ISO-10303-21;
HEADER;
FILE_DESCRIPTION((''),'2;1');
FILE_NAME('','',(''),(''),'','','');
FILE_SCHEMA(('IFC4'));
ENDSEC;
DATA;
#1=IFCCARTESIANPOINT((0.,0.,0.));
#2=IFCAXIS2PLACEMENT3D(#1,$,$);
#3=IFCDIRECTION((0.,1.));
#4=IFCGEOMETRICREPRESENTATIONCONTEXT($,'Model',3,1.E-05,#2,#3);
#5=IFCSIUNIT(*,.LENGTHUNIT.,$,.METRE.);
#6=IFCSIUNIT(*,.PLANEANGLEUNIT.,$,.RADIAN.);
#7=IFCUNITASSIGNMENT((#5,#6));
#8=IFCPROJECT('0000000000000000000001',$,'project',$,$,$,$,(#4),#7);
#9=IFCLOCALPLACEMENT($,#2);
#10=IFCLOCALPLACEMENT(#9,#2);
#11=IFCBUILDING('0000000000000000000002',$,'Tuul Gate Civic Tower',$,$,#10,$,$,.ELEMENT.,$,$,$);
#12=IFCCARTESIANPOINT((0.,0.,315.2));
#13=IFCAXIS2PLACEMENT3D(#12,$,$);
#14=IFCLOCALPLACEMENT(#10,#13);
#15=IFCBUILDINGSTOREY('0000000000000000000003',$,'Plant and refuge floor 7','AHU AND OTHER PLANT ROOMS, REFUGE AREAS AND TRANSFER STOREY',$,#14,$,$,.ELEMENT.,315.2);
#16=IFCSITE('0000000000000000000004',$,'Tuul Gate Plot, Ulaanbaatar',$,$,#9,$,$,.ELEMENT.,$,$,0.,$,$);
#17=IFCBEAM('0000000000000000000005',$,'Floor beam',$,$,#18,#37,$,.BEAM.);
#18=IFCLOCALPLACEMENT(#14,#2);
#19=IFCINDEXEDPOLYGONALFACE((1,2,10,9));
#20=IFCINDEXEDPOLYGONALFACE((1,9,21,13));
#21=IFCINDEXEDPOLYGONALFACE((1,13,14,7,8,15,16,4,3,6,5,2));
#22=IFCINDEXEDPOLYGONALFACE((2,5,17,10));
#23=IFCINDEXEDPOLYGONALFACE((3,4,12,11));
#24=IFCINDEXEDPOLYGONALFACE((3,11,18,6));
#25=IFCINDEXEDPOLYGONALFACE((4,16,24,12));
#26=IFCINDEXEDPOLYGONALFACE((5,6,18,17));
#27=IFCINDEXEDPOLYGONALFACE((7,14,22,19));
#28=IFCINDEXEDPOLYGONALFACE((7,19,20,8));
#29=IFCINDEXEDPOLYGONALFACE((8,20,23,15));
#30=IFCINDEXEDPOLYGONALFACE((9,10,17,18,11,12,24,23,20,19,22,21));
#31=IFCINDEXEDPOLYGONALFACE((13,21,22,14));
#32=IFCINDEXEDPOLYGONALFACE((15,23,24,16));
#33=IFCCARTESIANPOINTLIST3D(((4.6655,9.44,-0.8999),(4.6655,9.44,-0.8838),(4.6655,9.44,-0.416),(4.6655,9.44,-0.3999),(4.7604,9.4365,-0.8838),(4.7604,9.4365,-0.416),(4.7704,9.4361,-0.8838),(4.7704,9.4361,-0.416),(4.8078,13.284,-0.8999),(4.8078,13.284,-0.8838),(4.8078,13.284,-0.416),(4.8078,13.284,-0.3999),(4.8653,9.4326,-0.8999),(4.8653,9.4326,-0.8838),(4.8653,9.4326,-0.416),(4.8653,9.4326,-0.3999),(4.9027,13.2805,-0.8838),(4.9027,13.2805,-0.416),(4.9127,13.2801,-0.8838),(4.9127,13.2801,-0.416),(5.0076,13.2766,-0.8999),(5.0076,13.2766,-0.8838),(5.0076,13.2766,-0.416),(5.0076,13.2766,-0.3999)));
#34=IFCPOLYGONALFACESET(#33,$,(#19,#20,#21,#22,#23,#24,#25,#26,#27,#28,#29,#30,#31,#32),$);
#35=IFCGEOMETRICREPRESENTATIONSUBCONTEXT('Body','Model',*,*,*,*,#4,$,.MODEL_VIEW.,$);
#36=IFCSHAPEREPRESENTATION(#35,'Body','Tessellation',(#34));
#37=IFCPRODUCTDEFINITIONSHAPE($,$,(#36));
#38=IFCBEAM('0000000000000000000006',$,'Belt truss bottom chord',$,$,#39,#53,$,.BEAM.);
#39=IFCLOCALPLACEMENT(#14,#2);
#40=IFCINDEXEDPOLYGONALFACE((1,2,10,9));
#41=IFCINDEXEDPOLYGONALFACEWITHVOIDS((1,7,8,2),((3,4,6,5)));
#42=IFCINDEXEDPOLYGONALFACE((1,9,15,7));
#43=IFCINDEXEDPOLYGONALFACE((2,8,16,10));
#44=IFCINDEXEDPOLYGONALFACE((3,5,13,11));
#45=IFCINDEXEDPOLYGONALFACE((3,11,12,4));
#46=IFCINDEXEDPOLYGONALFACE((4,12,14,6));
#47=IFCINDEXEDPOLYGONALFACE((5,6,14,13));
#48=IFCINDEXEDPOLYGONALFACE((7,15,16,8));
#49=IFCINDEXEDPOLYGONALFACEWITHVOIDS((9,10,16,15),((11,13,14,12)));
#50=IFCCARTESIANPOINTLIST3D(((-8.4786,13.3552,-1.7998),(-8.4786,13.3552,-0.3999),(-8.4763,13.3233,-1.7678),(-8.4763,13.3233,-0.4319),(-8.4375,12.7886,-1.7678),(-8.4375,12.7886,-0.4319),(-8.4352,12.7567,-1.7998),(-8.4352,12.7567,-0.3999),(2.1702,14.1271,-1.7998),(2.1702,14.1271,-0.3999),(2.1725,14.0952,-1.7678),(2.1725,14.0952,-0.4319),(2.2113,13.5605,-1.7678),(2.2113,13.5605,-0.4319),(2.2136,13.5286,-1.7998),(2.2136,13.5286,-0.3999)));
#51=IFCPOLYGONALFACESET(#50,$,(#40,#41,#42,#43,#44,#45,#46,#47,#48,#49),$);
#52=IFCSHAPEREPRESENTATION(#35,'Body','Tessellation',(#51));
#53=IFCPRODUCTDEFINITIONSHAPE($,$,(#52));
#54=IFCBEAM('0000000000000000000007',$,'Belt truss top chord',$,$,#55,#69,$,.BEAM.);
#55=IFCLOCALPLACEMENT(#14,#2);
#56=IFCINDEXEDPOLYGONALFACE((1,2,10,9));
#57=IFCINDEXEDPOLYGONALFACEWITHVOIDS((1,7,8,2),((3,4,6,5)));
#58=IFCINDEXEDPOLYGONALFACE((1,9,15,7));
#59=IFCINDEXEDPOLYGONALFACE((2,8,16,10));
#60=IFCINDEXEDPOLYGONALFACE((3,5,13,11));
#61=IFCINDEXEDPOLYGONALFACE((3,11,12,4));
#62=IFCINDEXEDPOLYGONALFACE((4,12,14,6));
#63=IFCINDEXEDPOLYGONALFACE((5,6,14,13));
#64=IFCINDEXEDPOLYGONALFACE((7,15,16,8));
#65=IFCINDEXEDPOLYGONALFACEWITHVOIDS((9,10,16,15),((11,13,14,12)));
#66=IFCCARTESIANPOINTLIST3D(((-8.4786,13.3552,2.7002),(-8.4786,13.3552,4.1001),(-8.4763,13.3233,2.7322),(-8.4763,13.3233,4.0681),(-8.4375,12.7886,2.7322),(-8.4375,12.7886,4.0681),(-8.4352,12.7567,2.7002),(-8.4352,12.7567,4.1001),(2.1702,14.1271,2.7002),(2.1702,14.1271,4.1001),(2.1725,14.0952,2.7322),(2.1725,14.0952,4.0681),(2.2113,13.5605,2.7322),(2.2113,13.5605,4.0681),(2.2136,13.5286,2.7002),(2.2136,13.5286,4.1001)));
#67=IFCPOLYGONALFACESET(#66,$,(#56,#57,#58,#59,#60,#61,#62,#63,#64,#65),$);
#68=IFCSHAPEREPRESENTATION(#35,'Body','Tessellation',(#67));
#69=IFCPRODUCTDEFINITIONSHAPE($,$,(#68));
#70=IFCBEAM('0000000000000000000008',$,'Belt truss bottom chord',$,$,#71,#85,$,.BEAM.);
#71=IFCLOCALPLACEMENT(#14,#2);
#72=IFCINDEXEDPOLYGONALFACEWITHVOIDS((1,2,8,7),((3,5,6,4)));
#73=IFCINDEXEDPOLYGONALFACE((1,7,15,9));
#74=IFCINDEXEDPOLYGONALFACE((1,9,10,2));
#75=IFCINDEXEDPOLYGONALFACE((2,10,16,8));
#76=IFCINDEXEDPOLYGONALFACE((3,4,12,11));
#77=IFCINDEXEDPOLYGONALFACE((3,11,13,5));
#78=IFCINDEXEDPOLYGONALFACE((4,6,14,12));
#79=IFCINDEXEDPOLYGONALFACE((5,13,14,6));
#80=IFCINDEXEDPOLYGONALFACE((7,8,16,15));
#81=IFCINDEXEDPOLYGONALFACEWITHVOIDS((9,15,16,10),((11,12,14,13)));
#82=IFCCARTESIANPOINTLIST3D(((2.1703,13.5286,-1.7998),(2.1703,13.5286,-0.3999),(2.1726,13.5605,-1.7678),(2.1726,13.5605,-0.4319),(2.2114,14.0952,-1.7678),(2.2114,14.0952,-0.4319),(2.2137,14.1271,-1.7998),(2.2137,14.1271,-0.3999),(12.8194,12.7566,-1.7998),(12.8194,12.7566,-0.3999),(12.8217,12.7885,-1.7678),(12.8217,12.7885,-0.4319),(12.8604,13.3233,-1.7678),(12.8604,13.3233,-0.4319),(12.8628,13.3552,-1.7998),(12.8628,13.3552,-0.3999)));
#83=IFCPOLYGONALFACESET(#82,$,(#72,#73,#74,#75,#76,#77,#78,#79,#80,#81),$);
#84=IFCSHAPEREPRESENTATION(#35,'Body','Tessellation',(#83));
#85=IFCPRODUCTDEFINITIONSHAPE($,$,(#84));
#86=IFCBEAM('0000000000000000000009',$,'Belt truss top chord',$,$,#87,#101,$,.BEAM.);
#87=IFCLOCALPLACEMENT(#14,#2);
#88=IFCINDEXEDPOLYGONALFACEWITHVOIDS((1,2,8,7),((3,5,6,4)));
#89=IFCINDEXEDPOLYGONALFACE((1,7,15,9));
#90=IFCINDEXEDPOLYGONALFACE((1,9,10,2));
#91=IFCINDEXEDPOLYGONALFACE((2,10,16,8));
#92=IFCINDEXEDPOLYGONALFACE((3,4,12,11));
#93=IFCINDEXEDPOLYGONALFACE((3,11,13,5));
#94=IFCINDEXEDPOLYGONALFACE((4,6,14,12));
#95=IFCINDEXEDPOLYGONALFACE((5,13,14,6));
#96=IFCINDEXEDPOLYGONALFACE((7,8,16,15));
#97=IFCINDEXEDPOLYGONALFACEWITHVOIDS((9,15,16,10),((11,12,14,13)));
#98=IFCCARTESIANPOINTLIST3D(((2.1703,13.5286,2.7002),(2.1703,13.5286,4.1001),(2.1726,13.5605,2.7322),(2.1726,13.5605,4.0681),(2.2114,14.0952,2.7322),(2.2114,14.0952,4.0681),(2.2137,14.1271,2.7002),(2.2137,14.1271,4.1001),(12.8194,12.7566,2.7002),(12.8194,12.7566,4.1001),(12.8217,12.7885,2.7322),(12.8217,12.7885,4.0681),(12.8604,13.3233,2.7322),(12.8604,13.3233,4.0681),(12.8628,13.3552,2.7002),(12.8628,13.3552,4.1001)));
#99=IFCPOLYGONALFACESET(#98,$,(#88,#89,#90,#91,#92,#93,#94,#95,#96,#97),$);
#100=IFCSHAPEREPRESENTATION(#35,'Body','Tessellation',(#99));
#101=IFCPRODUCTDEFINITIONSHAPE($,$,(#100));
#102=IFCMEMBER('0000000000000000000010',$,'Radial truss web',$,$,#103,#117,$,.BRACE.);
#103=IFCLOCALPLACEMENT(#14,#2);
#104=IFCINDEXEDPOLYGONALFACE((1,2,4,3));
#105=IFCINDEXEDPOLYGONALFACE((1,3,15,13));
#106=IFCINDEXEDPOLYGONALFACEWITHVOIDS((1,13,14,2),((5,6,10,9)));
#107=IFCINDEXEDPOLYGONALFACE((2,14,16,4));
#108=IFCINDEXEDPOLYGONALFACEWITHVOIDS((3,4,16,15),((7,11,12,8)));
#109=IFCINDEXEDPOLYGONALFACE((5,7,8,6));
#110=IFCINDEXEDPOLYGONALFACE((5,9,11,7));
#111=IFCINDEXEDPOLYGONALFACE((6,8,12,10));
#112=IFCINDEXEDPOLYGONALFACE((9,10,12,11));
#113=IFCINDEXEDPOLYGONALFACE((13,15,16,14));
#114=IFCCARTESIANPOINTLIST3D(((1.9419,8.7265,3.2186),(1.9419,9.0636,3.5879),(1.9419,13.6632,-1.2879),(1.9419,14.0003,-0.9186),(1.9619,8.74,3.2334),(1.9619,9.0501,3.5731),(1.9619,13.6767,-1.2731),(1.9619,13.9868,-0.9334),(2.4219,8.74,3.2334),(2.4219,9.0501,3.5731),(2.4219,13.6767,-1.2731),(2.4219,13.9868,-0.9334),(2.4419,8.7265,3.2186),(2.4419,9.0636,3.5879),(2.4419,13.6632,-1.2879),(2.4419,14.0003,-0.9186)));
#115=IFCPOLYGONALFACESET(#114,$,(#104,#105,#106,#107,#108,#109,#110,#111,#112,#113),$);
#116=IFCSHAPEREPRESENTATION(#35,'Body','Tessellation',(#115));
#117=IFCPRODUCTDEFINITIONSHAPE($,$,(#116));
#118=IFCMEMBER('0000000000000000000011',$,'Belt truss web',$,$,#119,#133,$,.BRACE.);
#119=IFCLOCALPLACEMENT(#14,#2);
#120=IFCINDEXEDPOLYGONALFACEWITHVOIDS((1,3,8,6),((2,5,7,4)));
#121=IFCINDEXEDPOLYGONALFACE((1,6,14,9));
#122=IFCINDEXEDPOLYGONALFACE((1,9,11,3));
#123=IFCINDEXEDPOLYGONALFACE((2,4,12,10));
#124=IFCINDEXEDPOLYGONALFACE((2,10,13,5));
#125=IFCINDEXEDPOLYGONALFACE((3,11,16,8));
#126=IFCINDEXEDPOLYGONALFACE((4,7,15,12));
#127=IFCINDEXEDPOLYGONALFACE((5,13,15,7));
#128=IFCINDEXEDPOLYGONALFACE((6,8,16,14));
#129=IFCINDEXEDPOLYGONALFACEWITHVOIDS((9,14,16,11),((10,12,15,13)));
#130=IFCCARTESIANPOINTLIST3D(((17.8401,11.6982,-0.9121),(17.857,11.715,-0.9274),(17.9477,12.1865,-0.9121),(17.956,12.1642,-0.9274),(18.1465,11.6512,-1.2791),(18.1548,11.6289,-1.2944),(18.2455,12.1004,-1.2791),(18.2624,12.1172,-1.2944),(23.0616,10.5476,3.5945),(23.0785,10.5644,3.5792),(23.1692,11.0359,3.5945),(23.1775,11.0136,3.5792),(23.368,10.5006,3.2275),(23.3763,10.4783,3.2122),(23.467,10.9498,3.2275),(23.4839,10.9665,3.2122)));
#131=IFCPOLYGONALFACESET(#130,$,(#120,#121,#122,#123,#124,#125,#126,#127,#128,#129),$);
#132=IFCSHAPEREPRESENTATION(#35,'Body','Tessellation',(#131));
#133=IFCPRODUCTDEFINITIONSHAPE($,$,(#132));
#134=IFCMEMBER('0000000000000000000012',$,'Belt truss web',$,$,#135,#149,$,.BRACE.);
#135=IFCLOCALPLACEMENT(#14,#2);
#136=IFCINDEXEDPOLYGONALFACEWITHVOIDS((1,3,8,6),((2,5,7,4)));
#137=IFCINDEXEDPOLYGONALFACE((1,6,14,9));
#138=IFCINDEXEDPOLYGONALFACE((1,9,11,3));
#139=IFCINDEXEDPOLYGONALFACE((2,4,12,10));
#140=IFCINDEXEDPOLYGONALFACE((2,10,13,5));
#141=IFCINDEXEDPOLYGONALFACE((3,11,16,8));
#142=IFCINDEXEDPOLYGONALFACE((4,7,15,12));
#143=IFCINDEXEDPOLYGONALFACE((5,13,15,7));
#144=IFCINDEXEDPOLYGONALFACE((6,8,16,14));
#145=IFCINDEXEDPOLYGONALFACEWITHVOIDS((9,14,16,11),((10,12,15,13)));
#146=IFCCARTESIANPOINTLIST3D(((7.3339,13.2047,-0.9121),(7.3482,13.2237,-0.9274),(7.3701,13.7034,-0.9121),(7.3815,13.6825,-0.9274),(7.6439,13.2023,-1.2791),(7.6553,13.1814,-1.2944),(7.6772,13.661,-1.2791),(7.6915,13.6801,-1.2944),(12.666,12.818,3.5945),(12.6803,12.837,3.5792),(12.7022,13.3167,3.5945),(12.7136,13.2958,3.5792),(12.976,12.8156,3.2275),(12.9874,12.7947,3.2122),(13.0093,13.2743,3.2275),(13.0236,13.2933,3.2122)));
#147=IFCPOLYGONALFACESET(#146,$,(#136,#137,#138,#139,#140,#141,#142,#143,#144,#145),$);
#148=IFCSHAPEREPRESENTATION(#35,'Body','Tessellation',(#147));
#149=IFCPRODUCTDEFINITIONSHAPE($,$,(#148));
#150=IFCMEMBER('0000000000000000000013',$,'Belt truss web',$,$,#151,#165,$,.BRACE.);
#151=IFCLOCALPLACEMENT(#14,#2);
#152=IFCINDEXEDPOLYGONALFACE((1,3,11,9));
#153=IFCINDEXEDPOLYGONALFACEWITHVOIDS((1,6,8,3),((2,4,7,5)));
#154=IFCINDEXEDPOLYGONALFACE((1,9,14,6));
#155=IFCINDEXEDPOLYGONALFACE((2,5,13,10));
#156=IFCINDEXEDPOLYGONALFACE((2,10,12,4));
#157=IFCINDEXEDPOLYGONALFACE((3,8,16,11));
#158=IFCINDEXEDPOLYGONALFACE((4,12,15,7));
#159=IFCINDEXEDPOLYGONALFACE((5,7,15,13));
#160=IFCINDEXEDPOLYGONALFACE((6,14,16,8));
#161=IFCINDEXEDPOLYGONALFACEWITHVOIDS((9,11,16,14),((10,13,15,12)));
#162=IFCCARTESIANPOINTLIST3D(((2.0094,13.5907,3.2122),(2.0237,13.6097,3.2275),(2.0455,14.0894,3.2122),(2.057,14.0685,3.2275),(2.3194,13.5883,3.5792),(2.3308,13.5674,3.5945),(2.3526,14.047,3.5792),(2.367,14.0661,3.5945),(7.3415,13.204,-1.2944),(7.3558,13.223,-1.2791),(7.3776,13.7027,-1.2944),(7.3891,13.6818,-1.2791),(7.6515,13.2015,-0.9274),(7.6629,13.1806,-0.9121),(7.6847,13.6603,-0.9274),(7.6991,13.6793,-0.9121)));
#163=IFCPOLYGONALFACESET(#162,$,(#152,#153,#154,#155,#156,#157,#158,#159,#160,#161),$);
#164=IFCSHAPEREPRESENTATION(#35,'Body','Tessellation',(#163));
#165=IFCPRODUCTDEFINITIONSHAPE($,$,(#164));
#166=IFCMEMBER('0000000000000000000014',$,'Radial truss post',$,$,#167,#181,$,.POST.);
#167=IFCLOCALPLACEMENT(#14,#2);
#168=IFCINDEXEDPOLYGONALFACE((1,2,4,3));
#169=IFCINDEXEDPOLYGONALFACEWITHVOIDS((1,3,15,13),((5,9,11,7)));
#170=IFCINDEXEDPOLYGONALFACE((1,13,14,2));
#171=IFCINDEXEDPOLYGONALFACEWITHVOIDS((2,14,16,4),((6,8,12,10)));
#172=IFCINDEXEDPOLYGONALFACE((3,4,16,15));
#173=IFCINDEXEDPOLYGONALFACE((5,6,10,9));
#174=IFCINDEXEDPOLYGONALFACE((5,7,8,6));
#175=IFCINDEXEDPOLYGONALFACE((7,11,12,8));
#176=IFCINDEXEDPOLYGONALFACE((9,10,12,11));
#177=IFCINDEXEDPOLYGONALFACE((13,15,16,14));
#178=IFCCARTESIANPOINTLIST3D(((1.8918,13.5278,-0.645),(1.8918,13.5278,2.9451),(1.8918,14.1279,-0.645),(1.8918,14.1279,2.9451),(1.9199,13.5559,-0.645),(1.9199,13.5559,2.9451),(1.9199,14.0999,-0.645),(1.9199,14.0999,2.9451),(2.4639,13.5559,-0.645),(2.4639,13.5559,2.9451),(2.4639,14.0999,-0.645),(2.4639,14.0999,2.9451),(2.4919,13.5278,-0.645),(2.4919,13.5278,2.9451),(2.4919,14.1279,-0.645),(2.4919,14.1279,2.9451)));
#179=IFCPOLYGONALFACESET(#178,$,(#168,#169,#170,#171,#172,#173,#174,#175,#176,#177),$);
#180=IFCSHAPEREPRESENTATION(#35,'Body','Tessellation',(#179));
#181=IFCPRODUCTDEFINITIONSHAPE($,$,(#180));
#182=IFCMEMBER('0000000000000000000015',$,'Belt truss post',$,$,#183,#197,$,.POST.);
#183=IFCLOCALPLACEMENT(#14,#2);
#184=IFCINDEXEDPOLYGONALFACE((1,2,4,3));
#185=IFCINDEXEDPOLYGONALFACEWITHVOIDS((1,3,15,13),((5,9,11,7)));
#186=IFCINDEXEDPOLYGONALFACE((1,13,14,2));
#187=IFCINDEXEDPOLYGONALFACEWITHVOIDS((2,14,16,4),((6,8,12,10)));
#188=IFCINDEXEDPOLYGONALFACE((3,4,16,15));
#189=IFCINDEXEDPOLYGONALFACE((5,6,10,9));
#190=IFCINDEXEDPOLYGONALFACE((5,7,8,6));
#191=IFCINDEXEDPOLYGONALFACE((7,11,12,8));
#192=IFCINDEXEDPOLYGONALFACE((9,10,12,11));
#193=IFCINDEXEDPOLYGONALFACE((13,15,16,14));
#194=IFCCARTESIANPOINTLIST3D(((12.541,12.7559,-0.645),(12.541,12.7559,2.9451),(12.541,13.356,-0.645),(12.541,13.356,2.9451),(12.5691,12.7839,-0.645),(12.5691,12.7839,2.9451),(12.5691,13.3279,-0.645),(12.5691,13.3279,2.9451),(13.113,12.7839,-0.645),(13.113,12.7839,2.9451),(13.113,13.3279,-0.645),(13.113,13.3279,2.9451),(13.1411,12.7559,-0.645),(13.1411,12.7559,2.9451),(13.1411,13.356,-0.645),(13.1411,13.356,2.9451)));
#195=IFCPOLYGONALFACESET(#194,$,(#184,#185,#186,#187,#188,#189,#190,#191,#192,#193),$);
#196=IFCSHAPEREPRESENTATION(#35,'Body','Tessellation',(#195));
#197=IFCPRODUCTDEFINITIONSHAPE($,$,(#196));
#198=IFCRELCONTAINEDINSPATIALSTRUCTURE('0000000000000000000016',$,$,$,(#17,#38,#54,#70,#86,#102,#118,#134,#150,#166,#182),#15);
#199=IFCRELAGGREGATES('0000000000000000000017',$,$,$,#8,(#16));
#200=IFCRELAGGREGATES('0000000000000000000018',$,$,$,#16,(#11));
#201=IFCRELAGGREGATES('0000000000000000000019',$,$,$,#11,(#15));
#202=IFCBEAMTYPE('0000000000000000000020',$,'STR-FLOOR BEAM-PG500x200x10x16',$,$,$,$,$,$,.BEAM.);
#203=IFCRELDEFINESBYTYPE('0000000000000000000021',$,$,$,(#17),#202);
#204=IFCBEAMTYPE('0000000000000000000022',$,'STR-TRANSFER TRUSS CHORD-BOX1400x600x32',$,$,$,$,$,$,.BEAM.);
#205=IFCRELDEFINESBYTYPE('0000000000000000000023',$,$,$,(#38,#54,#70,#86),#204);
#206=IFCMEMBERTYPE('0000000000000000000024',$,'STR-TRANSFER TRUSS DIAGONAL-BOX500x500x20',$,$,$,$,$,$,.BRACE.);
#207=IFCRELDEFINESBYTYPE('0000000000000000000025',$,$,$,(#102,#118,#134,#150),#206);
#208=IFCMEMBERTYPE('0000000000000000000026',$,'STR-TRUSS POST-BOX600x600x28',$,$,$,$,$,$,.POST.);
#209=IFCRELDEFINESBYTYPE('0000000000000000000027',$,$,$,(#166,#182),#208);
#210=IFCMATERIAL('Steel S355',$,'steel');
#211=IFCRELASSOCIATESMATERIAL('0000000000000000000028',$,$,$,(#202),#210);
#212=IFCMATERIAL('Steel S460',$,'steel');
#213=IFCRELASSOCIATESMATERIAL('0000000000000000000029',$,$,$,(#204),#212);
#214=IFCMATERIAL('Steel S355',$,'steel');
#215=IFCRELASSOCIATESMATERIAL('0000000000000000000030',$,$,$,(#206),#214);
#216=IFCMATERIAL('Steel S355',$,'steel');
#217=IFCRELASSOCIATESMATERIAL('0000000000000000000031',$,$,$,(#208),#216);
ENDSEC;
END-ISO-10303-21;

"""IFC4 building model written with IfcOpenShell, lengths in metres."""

from ifc_helpers import new_model, si_unit, direction, frame, origin, origin_2d, place, context, subcontext, project, spatial, hollow_rectangle, i_section, extrude, material, material_profile, profile_set, type_object, element, save


model = new_model("IFC4")

# Units and contexts
model_context = context("Model", 3, precision=1e-05, world=origin(), true_north=direction((0.0, 1.0)))
body_context = subcontext(model_context, "Body", "Model", "MODEL_VIEW")
ifc_project = project(units=[si_unit("LENGTHUNIT", "METRE"), si_unit("PLANEANGLEUNIT", "RADIAN")], contexts=[model_context])

# Site, building, storey
site_placement = place(None, origin())
site = spatial("IfcSite", under=ifc_project, at=site_placement, Name="Tuul Gate Plot, Ulaanbaatar", CompositionType="ELEMENT", RefElevation=0.0)
building_placement = place(site_placement, origin())
building = spatial("IfcBuilding", under=site, at=building_placement, Name="Tuul Gate Civic Tower", CompositionType="ELEMENT")
storey_placement = place(building_placement, frame((0.0, 0.0, 315.2)))
storey = spatial("IfcBuildingStorey", under=building, at=storey_placement, Name="Plant and refuge floor 7", Description="AHU AND OTHER PLANT ROOMS, REFUGE AREAS AND TRANSFER STOREY", CompositionType="ELEMENT", Elevation=315.2)

# Beams
ifc_material_1 = material(Name="Steel S355", Category="steel")
ifc_material_profile_1 = material_profile(ifc_material_1, i_section(OverallWidth=0.2, OverallDepth=0.5, WebThickness=0.01, FlangeThickness=0.0161, at=origin_2d()), Name="PG500x200x10x16")
ifc_profile_set_1 = profile_set([ifc_material_profile_1], Name="Steel S355")
beam_type_1 = type_object("IfcBeamType", Name="STR-FLOOR BEAM-PG500x200x10x16", PredefinedType="BEAM", material=ifc_profile_set_1)
beam_placement = place(storey_placement, frame((4.7654, 9.4363, -0.6499), z_axis=(0.037002, 0.999315, 0.0), x_axis=(-0.999315, 0.037002, 0.0)))
element("IfcBeam", 1, at=beam_placement, inside=storey, type_object=beam_type_1, Name="Floor beam", PredefinedType="BEAM", context=body_context, shape_type="SweptSolid", body=[
    extrude(i_section(OverallWidth=0.2, OverallDepth=0.5, WebThickness=0.01, FlangeThickness=0.0161, at=origin_2d()), origin(), (0.0, 0.0, 1.0), 3.8467),
])
ifc_material_2 = material(Name="Steel S460", Category="steel")
ifc_material_profile_2 = material_profile(ifc_material_2, hollow_rectangle(XDim=0.6001, YDim=1.3999, WallThickness=0.032, at=origin_2d()), Name="BOX1400x600x32")
ifc_profile_set_2 = profile_set([ifc_material_profile_2], Name="Steel S460")
beam_type_2 = type_object("IfcBeamType", Name="STR-TRANSFER TRUSS CHORD-BOX1400x600x32", PredefinedType="BEAM", material=ifc_profile_set_2)
for number, where, z_axis, x_axis, name in (
    (2, (2.1919, 13.8279, -1.0999), (-0.997383, -0.072303, 0.0), (0.072303, -0.997383, 0.0), "Belt truss bottom chord"),
    (3, (2.1919, 13.8279, 3.4001), (-0.997383, -0.072303, 0.0), (0.072303, -0.997383, 0.0), "Belt truss top chord"),
):
    element("IfcBeam", number, at=place(storey_placement, frame(where, z_axis=z_axis, x_axis=x_axis)), inside=storey, type_object=beam_type_2, Name=name, PredefinedType="BEAM", context=body_context, shape_type="SweptSolid", body=[
        extrude(hollow_rectangle(XDim=0.6001, YDim=1.3999, WallThickness=0.032, at=origin_2d()), origin(), (0.0, 0.0, 1.0), 10.6768),
    ])
for number, where, z_axis, x_axis, name in (
    (4, (12.8411, 13.0559, -1.0999), (-0.997383, 0.072302, 0.0), (-0.072302, -0.997383, 0.0), "Belt truss bottom chord"),
    (5, (12.8411, 13.0559, 3.4001), (-0.997383, 0.072302, 0.0), (-0.072302, -0.997383, 0.0), "Belt truss top chord"),
):
    element("IfcBeam", number, at=place(storey_placement, frame(where, z_axis=z_axis, x_axis=x_axis)), inside=storey, type_object=beam_type_2, Name=name, PredefinedType="BEAM", context=body_context, shape_type="SweptSolid", body=[
        extrude(hollow_rectangle(XDim=0.6001, YDim=1.3999, WallThickness=0.032, at=origin_2d()), origin(), (0.0, 0.0, 1.0), 10.677),
    ])

# Members
ifc_material_3 = material(Name="Steel S355", Category="steel")
ifc_material_profile_3 = material_profile(ifc_material_3, hollow_rectangle(XDim=0.5, YDim=0.5, WallThickness=0.02, at=origin_2d()), Name="BOX500x500x20")
ifc_profile_set_3 = profile_set([ifc_material_profile_3], Name="Steel S355")
member_type_1 = type_object("IfcMemberType", Name="STR-TRANSFER TRUSS DIAGONAL-BOX500x500x20", PredefinedType="BRACE", material=ifc_profile_set_3)
member_1_placement = place(storey_placement, frame((2.1919, 13.8318, -1.1033), z_axis=(0.0, -0.738552, 0.674197), x_axis=(1.0, 0.0, 0.0)))
element("IfcMember", 6, at=member_1_placement, inside=storey, type_object=member_type_1, Name="Radial truss web", PredefinedType="BRACE", context=body_context, shape_type="SweptSolid", body=[
    extrude(hollow_rectangle(XDim=0.5, YDim=0.5, WallThickness=0.02, at=origin_2d()), origin(), (0.0, 0.0, 1.0), 6.6843),
])
member_2_placement = place(storey_placement, frame((18.0513, 11.9077, -1.1033), z_axis=(0.746707, -0.16455, 0.644478), x_axis=(0.215204, 0.976569, 0.0)))
element("IfcMember", 7, at=member_2_placement, inside=storey, type_object=member_type_1, Name="Belt truss web", PredefinedType="BRACE", context=body_context, shape_type="SweptSolid", body=[
    extrude(hollow_rectangle(XDim=0.5, YDim=0.5, WallThickness=0.02, at=origin_2d()), origin(), (0.0, 0.0, 1.0), 6.9927),
])
for number, where, z_axis, x_axis, name in (
    (8, (7.5127, 13.4424, -1.1033), (0.762579, -0.055308, 0.644526), (0.072337, 0.99738, 0.0), "Belt truss web"),
    (9, (7.5203, 13.4417, -1.1033), (-0.762579, 0.055308, 0.644526), (-0.072337, -0.99738, 0.0), "Belt truss web"),
):
    element("IfcMember", number, at=place(storey_placement, frame(where, z_axis=z_axis, x_axis=x_axis)), inside=storey, type_object=member_type_1, Name=name, PredefinedType="BRACE", context=body_context, shape_type="SweptSolid", body=[
        extrude(hollow_rectangle(XDim=0.5, YDim=0.5, WallThickness=0.02, at=origin_2d()), origin(), (0.0, 0.0, 1.0), 6.9922),
    ])
ifc_material_4 = material(Name="Steel S355", Category="steel")
ifc_material_profile_4 = material_profile(ifc_material_4, hollow_rectangle(XDim=0.6001, YDim=0.6001, WallThickness=0.0281, at=origin_2d()), Name="BOX600x600x28")
ifc_profile_set_4 = profile_set([ifc_material_profile_4], Name="Steel S355")
member_type_2 = type_object("IfcMemberType", Name="STR-TRUSS POST-BOX600x600x28", PredefinedType="POST", material=ifc_profile_set_4)
for number, where, z_axis, x_axis, name in (
    (10, (2.1919, 13.8279, -0.645), (0.0, 0.0, 1.0), (1.0, 0.0, 0.0), "Radial truss post"),
    (11, (12.8411, 13.0559, -0.645), (0.0, 0.0, 1.0), (1.0, 0.0, 0.0), "Belt truss post"),
):
    element("IfcMember", number, at=place(storey_placement, frame(where, z_axis=z_axis, x_axis=x_axis)), inside=storey, type_object=member_type_2, Name=name, PredefinedType="POST", context=body_context, shape_type="SweptSolid", body=[
        extrude(hollow_rectangle(XDim=0.6001, YDim=0.6001, WallThickness=0.0281, at=origin_2d()), origin(), (0.0, 0.0, 1.0), 3.5901),
    ])

save(model, "model.ifc")
